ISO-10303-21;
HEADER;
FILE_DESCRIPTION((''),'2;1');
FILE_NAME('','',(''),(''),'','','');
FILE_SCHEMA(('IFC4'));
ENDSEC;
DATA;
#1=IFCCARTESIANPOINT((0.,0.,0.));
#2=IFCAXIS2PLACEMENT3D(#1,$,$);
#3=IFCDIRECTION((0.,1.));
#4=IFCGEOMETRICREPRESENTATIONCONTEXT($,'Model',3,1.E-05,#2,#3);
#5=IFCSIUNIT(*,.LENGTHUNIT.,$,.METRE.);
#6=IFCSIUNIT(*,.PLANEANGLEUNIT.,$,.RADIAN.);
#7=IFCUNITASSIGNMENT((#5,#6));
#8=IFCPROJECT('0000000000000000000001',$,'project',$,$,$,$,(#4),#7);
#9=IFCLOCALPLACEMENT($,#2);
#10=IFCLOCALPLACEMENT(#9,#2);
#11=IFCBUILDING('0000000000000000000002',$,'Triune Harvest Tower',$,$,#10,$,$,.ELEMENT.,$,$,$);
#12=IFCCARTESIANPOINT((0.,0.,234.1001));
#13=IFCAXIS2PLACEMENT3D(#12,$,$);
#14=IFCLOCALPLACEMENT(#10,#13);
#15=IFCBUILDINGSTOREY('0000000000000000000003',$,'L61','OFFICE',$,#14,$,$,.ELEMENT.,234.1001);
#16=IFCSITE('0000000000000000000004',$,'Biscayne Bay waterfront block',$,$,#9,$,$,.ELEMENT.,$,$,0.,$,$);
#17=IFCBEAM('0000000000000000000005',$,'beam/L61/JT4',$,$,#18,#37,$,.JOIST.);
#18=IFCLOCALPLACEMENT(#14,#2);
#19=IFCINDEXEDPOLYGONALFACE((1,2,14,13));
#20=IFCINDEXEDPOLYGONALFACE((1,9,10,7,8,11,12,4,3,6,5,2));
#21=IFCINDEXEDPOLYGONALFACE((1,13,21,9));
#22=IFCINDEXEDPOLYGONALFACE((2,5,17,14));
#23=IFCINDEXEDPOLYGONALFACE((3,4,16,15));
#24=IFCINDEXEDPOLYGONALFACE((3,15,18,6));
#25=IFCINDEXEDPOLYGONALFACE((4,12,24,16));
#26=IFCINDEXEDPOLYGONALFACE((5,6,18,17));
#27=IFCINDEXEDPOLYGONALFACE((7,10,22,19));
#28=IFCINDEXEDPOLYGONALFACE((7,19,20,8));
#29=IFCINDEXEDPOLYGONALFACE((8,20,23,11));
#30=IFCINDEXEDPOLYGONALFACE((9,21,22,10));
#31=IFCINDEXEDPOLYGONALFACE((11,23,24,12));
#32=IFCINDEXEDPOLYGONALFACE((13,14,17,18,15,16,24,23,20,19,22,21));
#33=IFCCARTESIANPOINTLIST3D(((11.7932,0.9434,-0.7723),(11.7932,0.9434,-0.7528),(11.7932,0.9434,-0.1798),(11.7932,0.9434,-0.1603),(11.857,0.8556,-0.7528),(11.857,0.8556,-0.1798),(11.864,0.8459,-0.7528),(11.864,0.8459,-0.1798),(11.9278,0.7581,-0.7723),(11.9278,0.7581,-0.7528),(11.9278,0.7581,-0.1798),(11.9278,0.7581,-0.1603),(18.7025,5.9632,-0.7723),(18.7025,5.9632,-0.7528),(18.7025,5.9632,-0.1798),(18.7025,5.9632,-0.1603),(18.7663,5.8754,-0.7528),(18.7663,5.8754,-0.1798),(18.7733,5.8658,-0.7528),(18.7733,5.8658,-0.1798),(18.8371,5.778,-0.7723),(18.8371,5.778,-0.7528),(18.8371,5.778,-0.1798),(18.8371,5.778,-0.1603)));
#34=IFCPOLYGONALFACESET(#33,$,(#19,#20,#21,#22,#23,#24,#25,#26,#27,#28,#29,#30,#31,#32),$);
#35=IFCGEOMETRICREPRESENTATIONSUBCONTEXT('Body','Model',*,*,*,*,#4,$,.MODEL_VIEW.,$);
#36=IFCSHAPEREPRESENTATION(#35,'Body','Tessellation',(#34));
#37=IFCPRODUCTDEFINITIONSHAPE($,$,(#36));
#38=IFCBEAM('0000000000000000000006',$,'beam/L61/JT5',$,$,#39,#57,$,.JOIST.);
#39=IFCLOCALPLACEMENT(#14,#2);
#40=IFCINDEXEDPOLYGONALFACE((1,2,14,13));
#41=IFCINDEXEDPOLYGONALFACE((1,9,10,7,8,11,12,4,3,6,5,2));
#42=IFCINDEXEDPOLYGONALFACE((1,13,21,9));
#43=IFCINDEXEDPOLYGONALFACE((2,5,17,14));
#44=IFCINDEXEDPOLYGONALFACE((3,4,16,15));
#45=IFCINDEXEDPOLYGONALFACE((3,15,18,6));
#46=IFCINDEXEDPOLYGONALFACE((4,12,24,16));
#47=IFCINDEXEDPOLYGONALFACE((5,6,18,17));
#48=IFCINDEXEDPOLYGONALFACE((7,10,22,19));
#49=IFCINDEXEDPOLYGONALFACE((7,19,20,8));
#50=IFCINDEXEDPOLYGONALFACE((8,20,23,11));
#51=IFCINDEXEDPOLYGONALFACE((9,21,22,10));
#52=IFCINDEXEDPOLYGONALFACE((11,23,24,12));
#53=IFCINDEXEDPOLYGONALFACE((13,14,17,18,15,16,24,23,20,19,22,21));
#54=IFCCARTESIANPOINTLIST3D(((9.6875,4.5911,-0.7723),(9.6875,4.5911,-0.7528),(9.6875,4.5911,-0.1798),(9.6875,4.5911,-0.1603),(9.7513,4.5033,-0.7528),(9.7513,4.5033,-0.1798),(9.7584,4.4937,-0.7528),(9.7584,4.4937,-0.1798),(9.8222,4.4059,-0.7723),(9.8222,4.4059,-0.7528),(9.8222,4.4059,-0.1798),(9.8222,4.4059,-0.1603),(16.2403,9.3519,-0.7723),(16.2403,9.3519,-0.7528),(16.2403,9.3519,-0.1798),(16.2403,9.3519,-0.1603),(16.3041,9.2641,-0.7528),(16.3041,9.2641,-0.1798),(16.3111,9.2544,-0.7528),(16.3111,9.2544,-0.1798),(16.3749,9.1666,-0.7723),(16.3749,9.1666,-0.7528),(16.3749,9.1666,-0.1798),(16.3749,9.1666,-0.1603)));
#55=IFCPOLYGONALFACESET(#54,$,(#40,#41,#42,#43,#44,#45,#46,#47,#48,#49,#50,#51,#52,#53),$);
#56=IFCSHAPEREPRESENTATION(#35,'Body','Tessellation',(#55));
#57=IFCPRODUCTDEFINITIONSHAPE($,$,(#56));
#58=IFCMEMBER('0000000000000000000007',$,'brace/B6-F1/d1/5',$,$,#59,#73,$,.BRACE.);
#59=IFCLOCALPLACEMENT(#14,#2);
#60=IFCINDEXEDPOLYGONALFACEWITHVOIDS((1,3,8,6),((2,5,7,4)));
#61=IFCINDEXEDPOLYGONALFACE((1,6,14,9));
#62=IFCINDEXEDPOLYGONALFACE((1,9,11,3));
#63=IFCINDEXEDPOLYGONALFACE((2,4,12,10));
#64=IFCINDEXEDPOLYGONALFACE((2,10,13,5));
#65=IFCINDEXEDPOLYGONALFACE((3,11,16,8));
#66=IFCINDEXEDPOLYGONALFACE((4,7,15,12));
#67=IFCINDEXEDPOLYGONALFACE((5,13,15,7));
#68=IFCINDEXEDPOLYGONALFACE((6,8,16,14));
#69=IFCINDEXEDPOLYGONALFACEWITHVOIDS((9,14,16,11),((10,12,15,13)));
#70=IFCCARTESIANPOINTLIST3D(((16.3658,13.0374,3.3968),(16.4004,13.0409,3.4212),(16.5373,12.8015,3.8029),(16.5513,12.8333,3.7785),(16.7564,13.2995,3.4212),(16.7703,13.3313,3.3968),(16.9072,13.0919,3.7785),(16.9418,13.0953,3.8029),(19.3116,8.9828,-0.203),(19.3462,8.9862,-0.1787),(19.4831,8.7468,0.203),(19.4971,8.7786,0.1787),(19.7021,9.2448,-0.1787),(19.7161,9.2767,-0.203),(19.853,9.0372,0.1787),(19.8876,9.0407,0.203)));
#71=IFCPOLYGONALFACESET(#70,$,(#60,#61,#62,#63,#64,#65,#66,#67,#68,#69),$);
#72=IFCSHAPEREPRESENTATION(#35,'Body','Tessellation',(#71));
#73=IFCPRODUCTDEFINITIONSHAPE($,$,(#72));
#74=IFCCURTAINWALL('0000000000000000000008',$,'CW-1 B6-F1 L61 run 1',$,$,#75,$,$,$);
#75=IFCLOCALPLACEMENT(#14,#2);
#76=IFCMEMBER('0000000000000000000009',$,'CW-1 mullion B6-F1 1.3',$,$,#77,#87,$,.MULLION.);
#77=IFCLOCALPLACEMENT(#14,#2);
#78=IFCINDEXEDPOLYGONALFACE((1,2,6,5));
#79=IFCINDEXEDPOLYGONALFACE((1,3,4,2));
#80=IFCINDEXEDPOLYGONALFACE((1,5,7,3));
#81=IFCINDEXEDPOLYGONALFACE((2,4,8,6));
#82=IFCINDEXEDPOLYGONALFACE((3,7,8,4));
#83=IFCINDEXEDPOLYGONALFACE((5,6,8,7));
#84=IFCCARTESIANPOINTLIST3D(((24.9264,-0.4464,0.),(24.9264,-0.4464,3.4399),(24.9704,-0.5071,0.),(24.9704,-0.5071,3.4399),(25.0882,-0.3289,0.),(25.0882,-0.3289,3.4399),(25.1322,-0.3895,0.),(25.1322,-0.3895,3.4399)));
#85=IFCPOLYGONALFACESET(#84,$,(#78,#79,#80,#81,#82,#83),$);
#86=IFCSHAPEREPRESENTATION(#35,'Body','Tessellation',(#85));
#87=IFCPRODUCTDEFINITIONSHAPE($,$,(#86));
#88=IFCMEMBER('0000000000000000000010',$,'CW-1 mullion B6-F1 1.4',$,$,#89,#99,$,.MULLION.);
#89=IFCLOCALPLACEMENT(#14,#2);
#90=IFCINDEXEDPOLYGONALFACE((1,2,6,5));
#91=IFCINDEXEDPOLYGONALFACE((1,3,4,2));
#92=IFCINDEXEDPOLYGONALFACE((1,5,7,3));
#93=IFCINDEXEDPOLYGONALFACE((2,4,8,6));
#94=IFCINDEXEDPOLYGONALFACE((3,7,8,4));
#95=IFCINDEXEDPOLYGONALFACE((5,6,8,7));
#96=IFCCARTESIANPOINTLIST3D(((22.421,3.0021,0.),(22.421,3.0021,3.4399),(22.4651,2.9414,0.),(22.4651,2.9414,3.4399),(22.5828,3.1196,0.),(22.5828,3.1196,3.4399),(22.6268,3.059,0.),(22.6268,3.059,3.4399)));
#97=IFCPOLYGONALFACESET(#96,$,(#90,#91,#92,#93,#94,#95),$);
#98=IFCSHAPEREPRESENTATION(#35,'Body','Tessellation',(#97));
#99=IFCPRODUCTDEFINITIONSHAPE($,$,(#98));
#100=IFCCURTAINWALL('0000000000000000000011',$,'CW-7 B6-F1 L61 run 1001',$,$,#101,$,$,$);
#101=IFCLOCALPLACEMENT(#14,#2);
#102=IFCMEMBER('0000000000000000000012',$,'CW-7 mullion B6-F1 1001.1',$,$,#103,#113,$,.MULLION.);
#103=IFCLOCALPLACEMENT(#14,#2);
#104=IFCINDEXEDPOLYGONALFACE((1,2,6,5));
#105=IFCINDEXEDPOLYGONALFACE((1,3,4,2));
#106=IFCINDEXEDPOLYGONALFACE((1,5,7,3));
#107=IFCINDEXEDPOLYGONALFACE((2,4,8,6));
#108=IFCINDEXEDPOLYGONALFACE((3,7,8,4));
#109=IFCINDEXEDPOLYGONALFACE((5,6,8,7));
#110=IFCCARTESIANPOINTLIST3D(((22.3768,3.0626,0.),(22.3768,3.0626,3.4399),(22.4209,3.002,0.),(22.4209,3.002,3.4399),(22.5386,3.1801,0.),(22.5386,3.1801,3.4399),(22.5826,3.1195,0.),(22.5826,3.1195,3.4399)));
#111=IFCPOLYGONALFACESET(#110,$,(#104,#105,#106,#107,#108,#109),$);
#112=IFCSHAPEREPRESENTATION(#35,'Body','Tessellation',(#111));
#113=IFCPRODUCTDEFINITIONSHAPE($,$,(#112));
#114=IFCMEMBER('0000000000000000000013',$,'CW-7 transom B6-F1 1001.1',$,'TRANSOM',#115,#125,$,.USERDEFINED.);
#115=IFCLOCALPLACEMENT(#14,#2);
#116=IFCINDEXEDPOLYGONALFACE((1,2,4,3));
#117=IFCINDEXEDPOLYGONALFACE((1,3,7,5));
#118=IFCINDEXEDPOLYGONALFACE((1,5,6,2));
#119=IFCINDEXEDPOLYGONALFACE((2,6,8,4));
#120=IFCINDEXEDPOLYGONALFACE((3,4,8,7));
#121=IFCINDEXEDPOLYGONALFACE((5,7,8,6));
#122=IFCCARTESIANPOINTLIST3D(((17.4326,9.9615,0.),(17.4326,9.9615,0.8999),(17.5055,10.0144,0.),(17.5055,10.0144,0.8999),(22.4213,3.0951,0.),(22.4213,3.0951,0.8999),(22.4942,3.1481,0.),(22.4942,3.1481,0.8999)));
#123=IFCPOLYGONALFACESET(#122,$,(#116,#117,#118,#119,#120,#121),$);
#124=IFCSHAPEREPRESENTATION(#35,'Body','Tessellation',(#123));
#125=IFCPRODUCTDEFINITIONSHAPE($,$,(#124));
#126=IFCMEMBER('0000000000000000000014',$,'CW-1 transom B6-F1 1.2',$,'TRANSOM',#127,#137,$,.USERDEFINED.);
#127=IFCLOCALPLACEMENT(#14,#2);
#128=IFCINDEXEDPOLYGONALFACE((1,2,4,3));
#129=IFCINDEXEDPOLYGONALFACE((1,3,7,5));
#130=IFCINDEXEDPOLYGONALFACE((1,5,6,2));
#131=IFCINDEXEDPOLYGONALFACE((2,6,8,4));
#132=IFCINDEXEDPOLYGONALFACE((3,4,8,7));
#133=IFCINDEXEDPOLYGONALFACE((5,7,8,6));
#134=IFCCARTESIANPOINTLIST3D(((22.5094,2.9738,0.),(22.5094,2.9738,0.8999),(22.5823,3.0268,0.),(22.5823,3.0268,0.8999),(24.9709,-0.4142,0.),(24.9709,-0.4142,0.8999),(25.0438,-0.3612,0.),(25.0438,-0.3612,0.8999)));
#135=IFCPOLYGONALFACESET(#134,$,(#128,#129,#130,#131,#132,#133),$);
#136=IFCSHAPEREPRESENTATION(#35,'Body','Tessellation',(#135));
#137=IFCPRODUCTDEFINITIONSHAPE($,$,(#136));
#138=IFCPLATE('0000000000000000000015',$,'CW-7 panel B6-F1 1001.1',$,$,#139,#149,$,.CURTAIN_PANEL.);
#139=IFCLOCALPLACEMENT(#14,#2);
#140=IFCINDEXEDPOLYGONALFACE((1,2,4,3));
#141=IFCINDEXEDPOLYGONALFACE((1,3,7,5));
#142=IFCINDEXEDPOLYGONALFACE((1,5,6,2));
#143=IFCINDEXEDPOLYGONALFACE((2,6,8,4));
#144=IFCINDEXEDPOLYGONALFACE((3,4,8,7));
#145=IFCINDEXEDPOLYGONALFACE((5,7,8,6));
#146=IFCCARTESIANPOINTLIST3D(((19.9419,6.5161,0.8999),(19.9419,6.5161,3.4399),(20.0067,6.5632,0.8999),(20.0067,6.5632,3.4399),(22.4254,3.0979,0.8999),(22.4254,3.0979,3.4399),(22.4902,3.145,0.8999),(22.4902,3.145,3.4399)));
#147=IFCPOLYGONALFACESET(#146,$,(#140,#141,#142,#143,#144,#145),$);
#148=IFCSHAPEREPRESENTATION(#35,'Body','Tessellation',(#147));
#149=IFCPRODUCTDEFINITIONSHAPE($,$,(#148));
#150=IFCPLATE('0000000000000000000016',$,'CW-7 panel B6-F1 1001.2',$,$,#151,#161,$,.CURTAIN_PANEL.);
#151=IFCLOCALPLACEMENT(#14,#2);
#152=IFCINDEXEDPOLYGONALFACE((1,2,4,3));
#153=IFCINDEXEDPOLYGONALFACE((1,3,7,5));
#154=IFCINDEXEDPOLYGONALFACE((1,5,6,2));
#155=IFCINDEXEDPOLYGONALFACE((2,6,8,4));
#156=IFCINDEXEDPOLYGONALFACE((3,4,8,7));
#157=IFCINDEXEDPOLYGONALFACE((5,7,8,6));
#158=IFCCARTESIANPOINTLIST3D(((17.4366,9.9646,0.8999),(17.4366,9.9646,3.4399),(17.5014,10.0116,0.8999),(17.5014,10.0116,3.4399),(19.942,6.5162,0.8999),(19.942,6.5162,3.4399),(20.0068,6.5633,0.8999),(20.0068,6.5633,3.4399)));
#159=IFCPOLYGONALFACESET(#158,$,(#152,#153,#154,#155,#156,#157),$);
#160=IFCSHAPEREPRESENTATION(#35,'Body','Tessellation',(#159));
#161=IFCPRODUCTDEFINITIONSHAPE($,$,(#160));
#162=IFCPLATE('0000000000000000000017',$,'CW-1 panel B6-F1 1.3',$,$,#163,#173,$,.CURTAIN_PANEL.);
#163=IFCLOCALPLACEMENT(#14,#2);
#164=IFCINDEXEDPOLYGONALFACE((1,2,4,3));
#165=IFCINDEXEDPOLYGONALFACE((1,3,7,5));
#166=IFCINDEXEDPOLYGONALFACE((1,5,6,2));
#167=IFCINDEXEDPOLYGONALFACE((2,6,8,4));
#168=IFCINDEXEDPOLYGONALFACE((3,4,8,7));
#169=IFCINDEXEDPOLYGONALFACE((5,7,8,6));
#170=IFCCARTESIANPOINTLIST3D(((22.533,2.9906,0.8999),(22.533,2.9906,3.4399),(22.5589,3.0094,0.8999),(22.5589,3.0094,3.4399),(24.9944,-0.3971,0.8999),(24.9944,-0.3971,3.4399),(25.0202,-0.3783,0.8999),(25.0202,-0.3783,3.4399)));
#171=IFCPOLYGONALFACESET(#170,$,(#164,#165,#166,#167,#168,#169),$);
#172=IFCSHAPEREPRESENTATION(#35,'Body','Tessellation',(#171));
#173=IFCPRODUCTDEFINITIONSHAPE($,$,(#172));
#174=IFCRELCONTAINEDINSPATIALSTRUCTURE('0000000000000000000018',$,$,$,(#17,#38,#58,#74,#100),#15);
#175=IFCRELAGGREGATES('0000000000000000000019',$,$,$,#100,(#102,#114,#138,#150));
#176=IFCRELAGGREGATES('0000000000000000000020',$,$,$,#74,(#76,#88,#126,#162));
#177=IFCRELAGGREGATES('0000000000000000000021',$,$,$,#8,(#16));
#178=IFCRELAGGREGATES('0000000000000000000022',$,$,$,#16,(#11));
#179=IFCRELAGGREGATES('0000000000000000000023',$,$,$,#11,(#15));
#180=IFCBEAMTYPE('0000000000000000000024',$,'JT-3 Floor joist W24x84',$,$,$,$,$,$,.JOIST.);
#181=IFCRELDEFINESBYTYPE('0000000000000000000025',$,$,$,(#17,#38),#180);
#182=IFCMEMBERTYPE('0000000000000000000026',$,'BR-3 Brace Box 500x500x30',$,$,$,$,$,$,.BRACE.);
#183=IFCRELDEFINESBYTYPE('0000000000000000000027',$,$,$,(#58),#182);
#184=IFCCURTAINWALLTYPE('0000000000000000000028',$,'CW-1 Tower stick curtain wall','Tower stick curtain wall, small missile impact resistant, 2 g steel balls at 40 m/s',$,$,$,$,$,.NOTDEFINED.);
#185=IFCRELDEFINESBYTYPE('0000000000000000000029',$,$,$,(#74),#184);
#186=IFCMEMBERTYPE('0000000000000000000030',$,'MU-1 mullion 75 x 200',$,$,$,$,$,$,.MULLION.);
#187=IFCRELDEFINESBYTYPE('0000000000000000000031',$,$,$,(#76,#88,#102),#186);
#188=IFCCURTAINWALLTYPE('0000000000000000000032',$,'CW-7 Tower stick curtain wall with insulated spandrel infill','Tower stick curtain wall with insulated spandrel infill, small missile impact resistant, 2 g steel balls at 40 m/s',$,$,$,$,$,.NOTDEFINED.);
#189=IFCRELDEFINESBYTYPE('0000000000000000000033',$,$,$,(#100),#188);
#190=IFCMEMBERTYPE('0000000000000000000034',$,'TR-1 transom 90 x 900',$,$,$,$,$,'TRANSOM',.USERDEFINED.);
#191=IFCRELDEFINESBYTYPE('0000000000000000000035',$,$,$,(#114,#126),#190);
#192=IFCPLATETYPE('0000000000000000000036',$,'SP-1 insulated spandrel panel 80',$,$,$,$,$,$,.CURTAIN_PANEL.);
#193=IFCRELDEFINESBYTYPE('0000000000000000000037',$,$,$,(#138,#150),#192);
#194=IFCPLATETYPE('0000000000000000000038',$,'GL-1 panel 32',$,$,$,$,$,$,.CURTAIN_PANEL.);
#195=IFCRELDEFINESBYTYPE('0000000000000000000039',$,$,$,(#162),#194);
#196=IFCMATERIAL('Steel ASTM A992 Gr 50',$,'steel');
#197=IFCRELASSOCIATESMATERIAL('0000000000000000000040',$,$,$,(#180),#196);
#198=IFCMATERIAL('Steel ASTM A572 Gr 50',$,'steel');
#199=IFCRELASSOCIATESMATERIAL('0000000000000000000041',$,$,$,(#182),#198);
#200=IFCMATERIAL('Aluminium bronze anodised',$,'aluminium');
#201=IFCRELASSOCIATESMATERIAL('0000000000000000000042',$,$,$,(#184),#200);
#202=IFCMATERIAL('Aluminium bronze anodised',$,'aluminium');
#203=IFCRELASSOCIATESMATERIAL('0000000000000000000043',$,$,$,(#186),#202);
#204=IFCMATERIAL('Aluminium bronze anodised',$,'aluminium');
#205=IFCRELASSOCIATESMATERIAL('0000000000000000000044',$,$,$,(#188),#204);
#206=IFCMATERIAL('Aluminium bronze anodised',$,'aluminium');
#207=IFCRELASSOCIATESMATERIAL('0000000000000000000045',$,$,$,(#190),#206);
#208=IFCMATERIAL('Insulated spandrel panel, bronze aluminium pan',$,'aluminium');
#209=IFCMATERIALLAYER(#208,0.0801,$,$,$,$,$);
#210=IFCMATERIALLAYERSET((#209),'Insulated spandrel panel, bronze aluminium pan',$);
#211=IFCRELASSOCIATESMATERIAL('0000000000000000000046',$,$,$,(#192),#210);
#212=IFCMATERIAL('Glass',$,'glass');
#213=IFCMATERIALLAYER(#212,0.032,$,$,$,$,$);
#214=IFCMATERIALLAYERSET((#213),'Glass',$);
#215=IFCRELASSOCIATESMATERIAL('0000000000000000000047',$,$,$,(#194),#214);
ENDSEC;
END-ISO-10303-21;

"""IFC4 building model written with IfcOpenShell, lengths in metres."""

from ifc_helpers import new_model, si_unit, direction, frame, origin, origin_2d, place, context, subcontext, project, spatial, rectangle, hollow_rectangle, i_section, extrude, source, transform, mapped, material, layer, layer_set, material_profile, profile_set, type_object, element, aggregate, save


model = new_model("IFC4")

# Units and contexts
model_context = context("Model", 3, precision=1e-05, world=origin(), true_north=direction((0.0, 1.0)))
body_context = subcontext(model_context, "Body", "Model", "MODEL_VIEW")
ifc_project = project(units=[si_unit("LENGTHUNIT", "METRE"), si_unit("PLANEANGLEUNIT", "RADIAN")], contexts=[model_context])

# Site, building, storey
site_placement = place(None, origin())
site = spatial("IfcSite", under=ifc_project, at=site_placement, Name="Biscayne Bay waterfront block", CompositionType="ELEMENT", RefElevation=0.0)
building_placement = place(site_placement, origin())
building = spatial("IfcBuilding", under=site, at=building_placement, Name="Triune Harvest Tower", CompositionType="ELEMENT")
storey_placement = place(building_placement, frame((0.0, 0.0, 234.1001)))
storey = spatial("IfcBuildingStorey", under=building, at=storey_placement, Name="L61", Description="OFFICE", CompositionType="ELEMENT", Elevation=234.1001)

# Beams
ifc_material_1 = material(Name="Steel ASTM A992 Gr 50", Category="steel")
ifc_material_profile_1 = material_profile(ifc_material_1, i_section(OverallWidth=0.229, OverallDepth=0.6121, WebThickness=0.012, FlangeThickness=0.0195, at=origin_2d()), Name="W24x84")
ifc_profile_set_1 = profile_set([ifc_material_profile_1], Name="Steel ASTM A992 Gr 50")
beam_type_1 = type_object("IfcBeamType", Name="JT-3 Floor joist W24x84", PredefinedType="JOIST", material=ifc_profile_set_1)
shared_shape_1 = source(origin(), body_context, "Body", "SweptSolid", [
    extrude(i_section(OverallWidth=0.229, OverallDepth=0.6121, WebThickness=0.012, FlangeThickness=0.0195, at=origin_2d()), origin(), (0.0, 0.0, 1.0), 8.5403),
])
beam_1_placement = place(storey_placement, frame((18.7698, 5.8706, -0.4663), z_axis=(-0.809019, -0.587782, 0.0), x_axis=(0.587782, -0.809019, 0.0)))
element("IfcBeam", 1, at=beam_1_placement, inside=storey, type_object=beam_type_1, Name="beam/L61/JT4", PredefinedType="JOIST", context=body_context, shape_type="MappedRepresentation", body=[
    mapped(shared_shape_1, transform((0.0, 0.0, 0.0), scale=1.0)),
])
shared_shape_2 = source(origin(), body_context, "Body", "SweptSolid", [
    extrude(i_section(OverallWidth=0.229, OverallDepth=0.6121, WebThickness=0.012, FlangeThickness=0.0195, at=origin_2d()), origin(), (0.0, 0.0, 1.0), 8.0996),
])
beam_2_placement = place(storey_placement, frame((16.3076, 9.2593, -0.4663), z_axis=(-0.809023, -0.587777, 0.0), x_axis=(0.587777, -0.809023, 0.0)))
element("IfcBeam", 2, at=beam_2_placement, inside=storey, type_object=beam_type_1, Name="beam/L61/JT5", PredefinedType="JOIST", context=body_context, shape_type="MappedRepresentation", body=[
    mapped(shared_shape_2, transform((0.0, 0.0, 0.0), scale=1.0)),
])

# Member
ifc_material_2 = material(Name="Steel ASTM A572 Gr 50", Category="steel")
ifc_material_profile_2 = material_profile(ifc_material_2, hollow_rectangle(XDim=0.5, YDim=0.5, WallThickness=0.03, at=origin_2d()), Name="Box 500x500x30")
ifc_profile_set_2 = profile_set([ifc_material_profile_2], Name="Steel ASTM A572 Gr 50")
member_type_1 = type_object("IfcMemberType", Name="BR-3 Brace Box 500x500x30", PredefinedType="BRACE", material=ifc_profile_set_2)
shared_shape_3 = source(origin(), body_context, "Body", "SweptSolid", [
    extrude(hollow_rectangle(XDim=0.5, YDim=0.5, WallThickness=0.03, at=origin_2d()), origin(), (0.0, 0.0, 1.0), 6.1707),
])
member_1_placement = place(storey_placement, frame((19.5996, 9.0117, 0.0), z_axis=(-0.477387, 0.65709, 0.583381), x_axis=(-0.809027, -0.587772, 0.0)))
element("IfcMember", 3, at=member_1_placement, inside=storey, type_object=member_type_1, Name="brace/B6-F1/d1/5", PredefinedType="BRACE", context=body_context, shape_type="MappedRepresentation", body=[
    mapped(shared_shape_3, transform((0.0, 0.0, 0.0), scale=1.0)),
])

# Curtain walls, members
ifc_material_3 = material(Name="Aluminium bronze anodised", Category="aluminium")
curtain_wall_type_1 = type_object("IfcCurtainWallType", Name="CW-1 Tower stick curtain wall", Description="Tower stick curtain wall, small missile impact resistant, 2 g steel balls at 40 m/s", PredefinedType="NOTDEFINED", material=ifc_material_3)
curtain_wall_1_placement = place(storey_placement, origin())
curtain_wall_1 = element("IfcCurtainWall", 4, at=curtain_wall_1_placement, inside=storey, type_object=curtain_wall_type_1, Name="CW-1 B6-F1 L61 run 1")
ifc_material_4 = material(Name="Aluminium bronze anodised", Category="aluminium")
ifc_material_profile_3 = material_profile(ifc_material_4, rectangle(XDim=0.2, YDim=0.075, at=origin_2d()), Name="MU-1 mullion 75 x 200")
ifc_profile_set_3 = profile_set([ifc_material_profile_3], Name="Aluminium bronze anodised")
member_type_2 = type_object("IfcMemberType", Name="MU-1 mullion 75 x 200", PredefinedType="MULLION", material=ifc_profile_set_3)
shared_shape_4 = source(origin(), body_context, "Body", "SweptSolid", [
    extrude(rectangle(XDim=0.2, YDim=0.075, at=origin_2d()), origin(), (0.0, 0.0, 1.0), 3.4399),
])
member_2_placement = place(storey_placement, frame((25.0293, -0.418, 0.0), z_axis=(0.0, 0.0, 1.0), x_axis=(-0.809016, -0.587786, 0.0)))
member_2 = element("IfcMember", 5, at=member_2_placement, type_object=member_type_2, Name="CW-1 mullion B6-F1 1.3", PredefinedType="MULLION", context=body_context, shape_type="MappedRepresentation", body=[
    mapped(shared_shape_4, transform((0.0, 0.0, 0.0), scale=1.0)),
])
member_3_placement = place(storey_placement, frame((22.5239, 3.0305, 0.0), z_axis=(0.0, 0.0, 1.0), x_axis=(-0.809016, -0.587786, 0.0)))
member_3 = element("IfcMember", 6, at=member_3_placement, type_object=member_type_2, Name="CW-1 mullion B6-F1 1.4", PredefinedType="MULLION", context=body_context, shape_type="MappedRepresentation", body=[
    mapped(shared_shape_4, transform((0.0, 0.0, 0.0), scale=1.0)),
])
ifc_material_5 = material(Name="Aluminium bronze anodised", Category="aluminium")
curtain_wall_type_2 = type_object("IfcCurtainWallType", Name="CW-7 Tower stick curtain wall with insulated spandrel infill", Description="Tower stick curtain wall with insulated spandrel infill, small missile impact resistant, 2 g steel balls at 40 m/s", PredefinedType="NOTDEFINED", material=ifc_material_5)
curtain_wall_2_placement = place(storey_placement, origin())
curtain_wall_2 = element("IfcCurtainWall", 7, at=curtain_wall_2_placement, inside=storey, type_object=curtain_wall_type_2, Name="CW-7 B6-F1 L61 run 1001")
member_4_placement = place(storey_placement, frame((22.4797, 3.0911, 0.0), z_axis=(0.0, 0.0, 1.0), x_axis=(-0.809017, -0.587785, 0.0)))
member_4 = element("IfcMember", 8, at=member_4_placement, type_object=member_type_2, Name="CW-7 mullion B6-F1 1001.1", PredefinedType="MULLION", context=body_context, shape_type="MappedRepresentation", body=[
    mapped(shared_shape_4, transform((0.0, 0.0, 0.0), scale=1.0)),
])
ifc_material_6 = material(Name="Aluminium bronze anodised", Category="aluminium")
ifc_material_profile_4 = material_profile(ifc_material_6, rectangle(XDim=0.0901, YDim=0.8999, at=origin_2d()), Name="TR-1 transom 90 x 900")
ifc_profile_set_4 = profile_set([ifc_material_profile_4], Name="Aluminium bronze anodised")
member_type_3 = type_object("IfcMemberType", Name="TR-1 transom 90 x 900", ElementType="TRANSOM", PredefinedType="USERDEFINED", material=ifc_profile_set_4)
shared_shape_5 = source(origin(), body_context, "Body", "SweptSolid", [
    extrude(rectangle(XDim=0.0901, YDim=0.8999, at=origin_2d()), origin(), (0.0, 0.0, 1.0), 8.4873),
])
member_5_placement = place(storey_placement, frame((22.4578, 3.1216, 0.45), z_axis=(-0.587785, 0.809017, 0.0), x_axis=(-0.809017, -0.587785, 0.0)))
member_5 = element("IfcMember", 9, at=member_5_placement, type_object=member_type_3, Name="CW-7 transom B6-F1 1001.1", ObjectType="TRANSOM", PredefinedType="USERDEFINED", context=body_context, shape_type="MappedRepresentation", body=[
    mapped(shared_shape_5, transform((0.0, 0.0, 0.0), scale=1.0)),
])

# Member
shared_shape_6 = source(origin(), body_context, "Body", "SweptSolid", [
    extrude(rectangle(XDim=0.0901, YDim=0.8999, at=origin_2d()), origin(), (0.0, 0.0, 1.0), 4.1877),
])
member_6_placement = place(storey_placement, frame((25.0073, -0.3877, 0.45), z_axis=(-0.587776, 0.809023, 0.0), x_axis=(-0.809023, -0.587776, 0.0)))
member_6 = element("IfcMember", 10, at=member_6_placement, type_object=member_type_3, Name="CW-1 transom B6-F1 1.2", ObjectType="TRANSOM", PredefinedType="USERDEFINED", context=body_context, shape_type="MappedRepresentation", body=[
    mapped(shared_shape_6, transform((0.0, 0.0, 0.0), scale=1.0)),
])

# Plates
ifc_material_7 = material(Name="Insulated spandrel panel, bronze aluminium pan", Category="aluminium")
ifc_layer_1 = layer(ifc_material_7, 0.0801)
ifc_layer_set_1 = layer_set([ifc_layer_1], Name="Insulated spandrel panel, bronze aluminium pan")
plate_type_1 = type_object("IfcPlateType", Name="SP-1 insulated spandrel panel 80", PredefinedType="CURTAIN_PANEL", material=ifc_layer_set_1)
shared_shape_7 = source(origin(), body_context, "Body", "SweptSolid", [
    extrude(rectangle(XDim=4.2251, YDim=0.0801, at=origin_2d()), origin(), (0.0, 0.0, 1.0), 2.54),
])
plate_1_placement = place(storey_placement, frame((21.2161, 4.8306, 0.8999), z_axis=(0.0, 0.0, 1.0), x_axis=(-0.587785, 0.809017, 0.0)))
plate_1 = element("IfcPlate", 11, at=plate_1_placement, type_object=plate_type_1, Name="CW-7 panel B6-F1 1001.1", PredefinedType="CURTAIN_PANEL", context=body_context, shape_type="MappedRepresentation", body=[
    mapped(shared_shape_7, transform((0.0, 0.0, 0.0), scale=1.0)),
])
shared_shape_8 = source(origin(), body_context, "Body", "SweptSolid", [
    extrude(rectangle(XDim=4.2625, YDim=0.0801, at=origin_2d()), origin(), (0.0, 0.0, 1.0), 2.54),
])
plate_2_placement = place(storey_placement, frame((18.7217, 8.2639, 0.8999), z_axis=(0.0, 0.0, 1.0), x_axis=(-0.587785, 0.809017, 0.0)))
plate_2 = element("IfcPlate", 12, at=plate_2_placement, type_object=plate_type_1, Name="CW-7 panel B6-F1 1001.2", PredefinedType="CURTAIN_PANEL", context=body_context, shape_type="MappedRepresentation", body=[
    mapped(shared_shape_8, transform((0.0, 0.0, 0.0), scale=1.0)),
])
aggregate(curtain_wall_2, [member_4, member_5, plate_1, plate_2])
ifc_material_8 = material(Name="Glass", Category="glass")
ifc_layer_2 = layer(ifc_material_8, 0.032)
ifc_layer_set_2 = layer_set([ifc_layer_2], Name="Glass")
plate_type_2 = type_object("IfcPlateType", Name="GL-1 panel 32", PredefinedType="CURTAIN_PANEL", material=ifc_layer_set_2)
shared_shape_9 = source(origin(), body_context, "Body", "SweptSolid", [
    extrude(rectangle(XDim=4.1875, YDim=0.032, at=origin_2d()), origin(), (0.0, 0.0, 1.0), 2.54),
])
plate_3_placement = place(storey_placement, frame((23.7766, 1.3062, 0.8999), z_axis=(0.0, 0.0, 1.0), x_axis=(-0.587786, 0.809016, 0.0)))
plate_3 = element("IfcPlate", 13, at=plate_3_placement, type_object=plate_type_2, Name="CW-1 panel B6-F1 1.3", PredefinedType="CURTAIN_PANEL", context=body_context, shape_type="MappedRepresentation", body=[
    mapped(shared_shape_9, transform((0.0, 0.0, 0.0), scale=1.0)),
])
aggregate(curtain_wall_1, [member_2, member_3, member_6, plate_3])

save(model, "model.ifc")
